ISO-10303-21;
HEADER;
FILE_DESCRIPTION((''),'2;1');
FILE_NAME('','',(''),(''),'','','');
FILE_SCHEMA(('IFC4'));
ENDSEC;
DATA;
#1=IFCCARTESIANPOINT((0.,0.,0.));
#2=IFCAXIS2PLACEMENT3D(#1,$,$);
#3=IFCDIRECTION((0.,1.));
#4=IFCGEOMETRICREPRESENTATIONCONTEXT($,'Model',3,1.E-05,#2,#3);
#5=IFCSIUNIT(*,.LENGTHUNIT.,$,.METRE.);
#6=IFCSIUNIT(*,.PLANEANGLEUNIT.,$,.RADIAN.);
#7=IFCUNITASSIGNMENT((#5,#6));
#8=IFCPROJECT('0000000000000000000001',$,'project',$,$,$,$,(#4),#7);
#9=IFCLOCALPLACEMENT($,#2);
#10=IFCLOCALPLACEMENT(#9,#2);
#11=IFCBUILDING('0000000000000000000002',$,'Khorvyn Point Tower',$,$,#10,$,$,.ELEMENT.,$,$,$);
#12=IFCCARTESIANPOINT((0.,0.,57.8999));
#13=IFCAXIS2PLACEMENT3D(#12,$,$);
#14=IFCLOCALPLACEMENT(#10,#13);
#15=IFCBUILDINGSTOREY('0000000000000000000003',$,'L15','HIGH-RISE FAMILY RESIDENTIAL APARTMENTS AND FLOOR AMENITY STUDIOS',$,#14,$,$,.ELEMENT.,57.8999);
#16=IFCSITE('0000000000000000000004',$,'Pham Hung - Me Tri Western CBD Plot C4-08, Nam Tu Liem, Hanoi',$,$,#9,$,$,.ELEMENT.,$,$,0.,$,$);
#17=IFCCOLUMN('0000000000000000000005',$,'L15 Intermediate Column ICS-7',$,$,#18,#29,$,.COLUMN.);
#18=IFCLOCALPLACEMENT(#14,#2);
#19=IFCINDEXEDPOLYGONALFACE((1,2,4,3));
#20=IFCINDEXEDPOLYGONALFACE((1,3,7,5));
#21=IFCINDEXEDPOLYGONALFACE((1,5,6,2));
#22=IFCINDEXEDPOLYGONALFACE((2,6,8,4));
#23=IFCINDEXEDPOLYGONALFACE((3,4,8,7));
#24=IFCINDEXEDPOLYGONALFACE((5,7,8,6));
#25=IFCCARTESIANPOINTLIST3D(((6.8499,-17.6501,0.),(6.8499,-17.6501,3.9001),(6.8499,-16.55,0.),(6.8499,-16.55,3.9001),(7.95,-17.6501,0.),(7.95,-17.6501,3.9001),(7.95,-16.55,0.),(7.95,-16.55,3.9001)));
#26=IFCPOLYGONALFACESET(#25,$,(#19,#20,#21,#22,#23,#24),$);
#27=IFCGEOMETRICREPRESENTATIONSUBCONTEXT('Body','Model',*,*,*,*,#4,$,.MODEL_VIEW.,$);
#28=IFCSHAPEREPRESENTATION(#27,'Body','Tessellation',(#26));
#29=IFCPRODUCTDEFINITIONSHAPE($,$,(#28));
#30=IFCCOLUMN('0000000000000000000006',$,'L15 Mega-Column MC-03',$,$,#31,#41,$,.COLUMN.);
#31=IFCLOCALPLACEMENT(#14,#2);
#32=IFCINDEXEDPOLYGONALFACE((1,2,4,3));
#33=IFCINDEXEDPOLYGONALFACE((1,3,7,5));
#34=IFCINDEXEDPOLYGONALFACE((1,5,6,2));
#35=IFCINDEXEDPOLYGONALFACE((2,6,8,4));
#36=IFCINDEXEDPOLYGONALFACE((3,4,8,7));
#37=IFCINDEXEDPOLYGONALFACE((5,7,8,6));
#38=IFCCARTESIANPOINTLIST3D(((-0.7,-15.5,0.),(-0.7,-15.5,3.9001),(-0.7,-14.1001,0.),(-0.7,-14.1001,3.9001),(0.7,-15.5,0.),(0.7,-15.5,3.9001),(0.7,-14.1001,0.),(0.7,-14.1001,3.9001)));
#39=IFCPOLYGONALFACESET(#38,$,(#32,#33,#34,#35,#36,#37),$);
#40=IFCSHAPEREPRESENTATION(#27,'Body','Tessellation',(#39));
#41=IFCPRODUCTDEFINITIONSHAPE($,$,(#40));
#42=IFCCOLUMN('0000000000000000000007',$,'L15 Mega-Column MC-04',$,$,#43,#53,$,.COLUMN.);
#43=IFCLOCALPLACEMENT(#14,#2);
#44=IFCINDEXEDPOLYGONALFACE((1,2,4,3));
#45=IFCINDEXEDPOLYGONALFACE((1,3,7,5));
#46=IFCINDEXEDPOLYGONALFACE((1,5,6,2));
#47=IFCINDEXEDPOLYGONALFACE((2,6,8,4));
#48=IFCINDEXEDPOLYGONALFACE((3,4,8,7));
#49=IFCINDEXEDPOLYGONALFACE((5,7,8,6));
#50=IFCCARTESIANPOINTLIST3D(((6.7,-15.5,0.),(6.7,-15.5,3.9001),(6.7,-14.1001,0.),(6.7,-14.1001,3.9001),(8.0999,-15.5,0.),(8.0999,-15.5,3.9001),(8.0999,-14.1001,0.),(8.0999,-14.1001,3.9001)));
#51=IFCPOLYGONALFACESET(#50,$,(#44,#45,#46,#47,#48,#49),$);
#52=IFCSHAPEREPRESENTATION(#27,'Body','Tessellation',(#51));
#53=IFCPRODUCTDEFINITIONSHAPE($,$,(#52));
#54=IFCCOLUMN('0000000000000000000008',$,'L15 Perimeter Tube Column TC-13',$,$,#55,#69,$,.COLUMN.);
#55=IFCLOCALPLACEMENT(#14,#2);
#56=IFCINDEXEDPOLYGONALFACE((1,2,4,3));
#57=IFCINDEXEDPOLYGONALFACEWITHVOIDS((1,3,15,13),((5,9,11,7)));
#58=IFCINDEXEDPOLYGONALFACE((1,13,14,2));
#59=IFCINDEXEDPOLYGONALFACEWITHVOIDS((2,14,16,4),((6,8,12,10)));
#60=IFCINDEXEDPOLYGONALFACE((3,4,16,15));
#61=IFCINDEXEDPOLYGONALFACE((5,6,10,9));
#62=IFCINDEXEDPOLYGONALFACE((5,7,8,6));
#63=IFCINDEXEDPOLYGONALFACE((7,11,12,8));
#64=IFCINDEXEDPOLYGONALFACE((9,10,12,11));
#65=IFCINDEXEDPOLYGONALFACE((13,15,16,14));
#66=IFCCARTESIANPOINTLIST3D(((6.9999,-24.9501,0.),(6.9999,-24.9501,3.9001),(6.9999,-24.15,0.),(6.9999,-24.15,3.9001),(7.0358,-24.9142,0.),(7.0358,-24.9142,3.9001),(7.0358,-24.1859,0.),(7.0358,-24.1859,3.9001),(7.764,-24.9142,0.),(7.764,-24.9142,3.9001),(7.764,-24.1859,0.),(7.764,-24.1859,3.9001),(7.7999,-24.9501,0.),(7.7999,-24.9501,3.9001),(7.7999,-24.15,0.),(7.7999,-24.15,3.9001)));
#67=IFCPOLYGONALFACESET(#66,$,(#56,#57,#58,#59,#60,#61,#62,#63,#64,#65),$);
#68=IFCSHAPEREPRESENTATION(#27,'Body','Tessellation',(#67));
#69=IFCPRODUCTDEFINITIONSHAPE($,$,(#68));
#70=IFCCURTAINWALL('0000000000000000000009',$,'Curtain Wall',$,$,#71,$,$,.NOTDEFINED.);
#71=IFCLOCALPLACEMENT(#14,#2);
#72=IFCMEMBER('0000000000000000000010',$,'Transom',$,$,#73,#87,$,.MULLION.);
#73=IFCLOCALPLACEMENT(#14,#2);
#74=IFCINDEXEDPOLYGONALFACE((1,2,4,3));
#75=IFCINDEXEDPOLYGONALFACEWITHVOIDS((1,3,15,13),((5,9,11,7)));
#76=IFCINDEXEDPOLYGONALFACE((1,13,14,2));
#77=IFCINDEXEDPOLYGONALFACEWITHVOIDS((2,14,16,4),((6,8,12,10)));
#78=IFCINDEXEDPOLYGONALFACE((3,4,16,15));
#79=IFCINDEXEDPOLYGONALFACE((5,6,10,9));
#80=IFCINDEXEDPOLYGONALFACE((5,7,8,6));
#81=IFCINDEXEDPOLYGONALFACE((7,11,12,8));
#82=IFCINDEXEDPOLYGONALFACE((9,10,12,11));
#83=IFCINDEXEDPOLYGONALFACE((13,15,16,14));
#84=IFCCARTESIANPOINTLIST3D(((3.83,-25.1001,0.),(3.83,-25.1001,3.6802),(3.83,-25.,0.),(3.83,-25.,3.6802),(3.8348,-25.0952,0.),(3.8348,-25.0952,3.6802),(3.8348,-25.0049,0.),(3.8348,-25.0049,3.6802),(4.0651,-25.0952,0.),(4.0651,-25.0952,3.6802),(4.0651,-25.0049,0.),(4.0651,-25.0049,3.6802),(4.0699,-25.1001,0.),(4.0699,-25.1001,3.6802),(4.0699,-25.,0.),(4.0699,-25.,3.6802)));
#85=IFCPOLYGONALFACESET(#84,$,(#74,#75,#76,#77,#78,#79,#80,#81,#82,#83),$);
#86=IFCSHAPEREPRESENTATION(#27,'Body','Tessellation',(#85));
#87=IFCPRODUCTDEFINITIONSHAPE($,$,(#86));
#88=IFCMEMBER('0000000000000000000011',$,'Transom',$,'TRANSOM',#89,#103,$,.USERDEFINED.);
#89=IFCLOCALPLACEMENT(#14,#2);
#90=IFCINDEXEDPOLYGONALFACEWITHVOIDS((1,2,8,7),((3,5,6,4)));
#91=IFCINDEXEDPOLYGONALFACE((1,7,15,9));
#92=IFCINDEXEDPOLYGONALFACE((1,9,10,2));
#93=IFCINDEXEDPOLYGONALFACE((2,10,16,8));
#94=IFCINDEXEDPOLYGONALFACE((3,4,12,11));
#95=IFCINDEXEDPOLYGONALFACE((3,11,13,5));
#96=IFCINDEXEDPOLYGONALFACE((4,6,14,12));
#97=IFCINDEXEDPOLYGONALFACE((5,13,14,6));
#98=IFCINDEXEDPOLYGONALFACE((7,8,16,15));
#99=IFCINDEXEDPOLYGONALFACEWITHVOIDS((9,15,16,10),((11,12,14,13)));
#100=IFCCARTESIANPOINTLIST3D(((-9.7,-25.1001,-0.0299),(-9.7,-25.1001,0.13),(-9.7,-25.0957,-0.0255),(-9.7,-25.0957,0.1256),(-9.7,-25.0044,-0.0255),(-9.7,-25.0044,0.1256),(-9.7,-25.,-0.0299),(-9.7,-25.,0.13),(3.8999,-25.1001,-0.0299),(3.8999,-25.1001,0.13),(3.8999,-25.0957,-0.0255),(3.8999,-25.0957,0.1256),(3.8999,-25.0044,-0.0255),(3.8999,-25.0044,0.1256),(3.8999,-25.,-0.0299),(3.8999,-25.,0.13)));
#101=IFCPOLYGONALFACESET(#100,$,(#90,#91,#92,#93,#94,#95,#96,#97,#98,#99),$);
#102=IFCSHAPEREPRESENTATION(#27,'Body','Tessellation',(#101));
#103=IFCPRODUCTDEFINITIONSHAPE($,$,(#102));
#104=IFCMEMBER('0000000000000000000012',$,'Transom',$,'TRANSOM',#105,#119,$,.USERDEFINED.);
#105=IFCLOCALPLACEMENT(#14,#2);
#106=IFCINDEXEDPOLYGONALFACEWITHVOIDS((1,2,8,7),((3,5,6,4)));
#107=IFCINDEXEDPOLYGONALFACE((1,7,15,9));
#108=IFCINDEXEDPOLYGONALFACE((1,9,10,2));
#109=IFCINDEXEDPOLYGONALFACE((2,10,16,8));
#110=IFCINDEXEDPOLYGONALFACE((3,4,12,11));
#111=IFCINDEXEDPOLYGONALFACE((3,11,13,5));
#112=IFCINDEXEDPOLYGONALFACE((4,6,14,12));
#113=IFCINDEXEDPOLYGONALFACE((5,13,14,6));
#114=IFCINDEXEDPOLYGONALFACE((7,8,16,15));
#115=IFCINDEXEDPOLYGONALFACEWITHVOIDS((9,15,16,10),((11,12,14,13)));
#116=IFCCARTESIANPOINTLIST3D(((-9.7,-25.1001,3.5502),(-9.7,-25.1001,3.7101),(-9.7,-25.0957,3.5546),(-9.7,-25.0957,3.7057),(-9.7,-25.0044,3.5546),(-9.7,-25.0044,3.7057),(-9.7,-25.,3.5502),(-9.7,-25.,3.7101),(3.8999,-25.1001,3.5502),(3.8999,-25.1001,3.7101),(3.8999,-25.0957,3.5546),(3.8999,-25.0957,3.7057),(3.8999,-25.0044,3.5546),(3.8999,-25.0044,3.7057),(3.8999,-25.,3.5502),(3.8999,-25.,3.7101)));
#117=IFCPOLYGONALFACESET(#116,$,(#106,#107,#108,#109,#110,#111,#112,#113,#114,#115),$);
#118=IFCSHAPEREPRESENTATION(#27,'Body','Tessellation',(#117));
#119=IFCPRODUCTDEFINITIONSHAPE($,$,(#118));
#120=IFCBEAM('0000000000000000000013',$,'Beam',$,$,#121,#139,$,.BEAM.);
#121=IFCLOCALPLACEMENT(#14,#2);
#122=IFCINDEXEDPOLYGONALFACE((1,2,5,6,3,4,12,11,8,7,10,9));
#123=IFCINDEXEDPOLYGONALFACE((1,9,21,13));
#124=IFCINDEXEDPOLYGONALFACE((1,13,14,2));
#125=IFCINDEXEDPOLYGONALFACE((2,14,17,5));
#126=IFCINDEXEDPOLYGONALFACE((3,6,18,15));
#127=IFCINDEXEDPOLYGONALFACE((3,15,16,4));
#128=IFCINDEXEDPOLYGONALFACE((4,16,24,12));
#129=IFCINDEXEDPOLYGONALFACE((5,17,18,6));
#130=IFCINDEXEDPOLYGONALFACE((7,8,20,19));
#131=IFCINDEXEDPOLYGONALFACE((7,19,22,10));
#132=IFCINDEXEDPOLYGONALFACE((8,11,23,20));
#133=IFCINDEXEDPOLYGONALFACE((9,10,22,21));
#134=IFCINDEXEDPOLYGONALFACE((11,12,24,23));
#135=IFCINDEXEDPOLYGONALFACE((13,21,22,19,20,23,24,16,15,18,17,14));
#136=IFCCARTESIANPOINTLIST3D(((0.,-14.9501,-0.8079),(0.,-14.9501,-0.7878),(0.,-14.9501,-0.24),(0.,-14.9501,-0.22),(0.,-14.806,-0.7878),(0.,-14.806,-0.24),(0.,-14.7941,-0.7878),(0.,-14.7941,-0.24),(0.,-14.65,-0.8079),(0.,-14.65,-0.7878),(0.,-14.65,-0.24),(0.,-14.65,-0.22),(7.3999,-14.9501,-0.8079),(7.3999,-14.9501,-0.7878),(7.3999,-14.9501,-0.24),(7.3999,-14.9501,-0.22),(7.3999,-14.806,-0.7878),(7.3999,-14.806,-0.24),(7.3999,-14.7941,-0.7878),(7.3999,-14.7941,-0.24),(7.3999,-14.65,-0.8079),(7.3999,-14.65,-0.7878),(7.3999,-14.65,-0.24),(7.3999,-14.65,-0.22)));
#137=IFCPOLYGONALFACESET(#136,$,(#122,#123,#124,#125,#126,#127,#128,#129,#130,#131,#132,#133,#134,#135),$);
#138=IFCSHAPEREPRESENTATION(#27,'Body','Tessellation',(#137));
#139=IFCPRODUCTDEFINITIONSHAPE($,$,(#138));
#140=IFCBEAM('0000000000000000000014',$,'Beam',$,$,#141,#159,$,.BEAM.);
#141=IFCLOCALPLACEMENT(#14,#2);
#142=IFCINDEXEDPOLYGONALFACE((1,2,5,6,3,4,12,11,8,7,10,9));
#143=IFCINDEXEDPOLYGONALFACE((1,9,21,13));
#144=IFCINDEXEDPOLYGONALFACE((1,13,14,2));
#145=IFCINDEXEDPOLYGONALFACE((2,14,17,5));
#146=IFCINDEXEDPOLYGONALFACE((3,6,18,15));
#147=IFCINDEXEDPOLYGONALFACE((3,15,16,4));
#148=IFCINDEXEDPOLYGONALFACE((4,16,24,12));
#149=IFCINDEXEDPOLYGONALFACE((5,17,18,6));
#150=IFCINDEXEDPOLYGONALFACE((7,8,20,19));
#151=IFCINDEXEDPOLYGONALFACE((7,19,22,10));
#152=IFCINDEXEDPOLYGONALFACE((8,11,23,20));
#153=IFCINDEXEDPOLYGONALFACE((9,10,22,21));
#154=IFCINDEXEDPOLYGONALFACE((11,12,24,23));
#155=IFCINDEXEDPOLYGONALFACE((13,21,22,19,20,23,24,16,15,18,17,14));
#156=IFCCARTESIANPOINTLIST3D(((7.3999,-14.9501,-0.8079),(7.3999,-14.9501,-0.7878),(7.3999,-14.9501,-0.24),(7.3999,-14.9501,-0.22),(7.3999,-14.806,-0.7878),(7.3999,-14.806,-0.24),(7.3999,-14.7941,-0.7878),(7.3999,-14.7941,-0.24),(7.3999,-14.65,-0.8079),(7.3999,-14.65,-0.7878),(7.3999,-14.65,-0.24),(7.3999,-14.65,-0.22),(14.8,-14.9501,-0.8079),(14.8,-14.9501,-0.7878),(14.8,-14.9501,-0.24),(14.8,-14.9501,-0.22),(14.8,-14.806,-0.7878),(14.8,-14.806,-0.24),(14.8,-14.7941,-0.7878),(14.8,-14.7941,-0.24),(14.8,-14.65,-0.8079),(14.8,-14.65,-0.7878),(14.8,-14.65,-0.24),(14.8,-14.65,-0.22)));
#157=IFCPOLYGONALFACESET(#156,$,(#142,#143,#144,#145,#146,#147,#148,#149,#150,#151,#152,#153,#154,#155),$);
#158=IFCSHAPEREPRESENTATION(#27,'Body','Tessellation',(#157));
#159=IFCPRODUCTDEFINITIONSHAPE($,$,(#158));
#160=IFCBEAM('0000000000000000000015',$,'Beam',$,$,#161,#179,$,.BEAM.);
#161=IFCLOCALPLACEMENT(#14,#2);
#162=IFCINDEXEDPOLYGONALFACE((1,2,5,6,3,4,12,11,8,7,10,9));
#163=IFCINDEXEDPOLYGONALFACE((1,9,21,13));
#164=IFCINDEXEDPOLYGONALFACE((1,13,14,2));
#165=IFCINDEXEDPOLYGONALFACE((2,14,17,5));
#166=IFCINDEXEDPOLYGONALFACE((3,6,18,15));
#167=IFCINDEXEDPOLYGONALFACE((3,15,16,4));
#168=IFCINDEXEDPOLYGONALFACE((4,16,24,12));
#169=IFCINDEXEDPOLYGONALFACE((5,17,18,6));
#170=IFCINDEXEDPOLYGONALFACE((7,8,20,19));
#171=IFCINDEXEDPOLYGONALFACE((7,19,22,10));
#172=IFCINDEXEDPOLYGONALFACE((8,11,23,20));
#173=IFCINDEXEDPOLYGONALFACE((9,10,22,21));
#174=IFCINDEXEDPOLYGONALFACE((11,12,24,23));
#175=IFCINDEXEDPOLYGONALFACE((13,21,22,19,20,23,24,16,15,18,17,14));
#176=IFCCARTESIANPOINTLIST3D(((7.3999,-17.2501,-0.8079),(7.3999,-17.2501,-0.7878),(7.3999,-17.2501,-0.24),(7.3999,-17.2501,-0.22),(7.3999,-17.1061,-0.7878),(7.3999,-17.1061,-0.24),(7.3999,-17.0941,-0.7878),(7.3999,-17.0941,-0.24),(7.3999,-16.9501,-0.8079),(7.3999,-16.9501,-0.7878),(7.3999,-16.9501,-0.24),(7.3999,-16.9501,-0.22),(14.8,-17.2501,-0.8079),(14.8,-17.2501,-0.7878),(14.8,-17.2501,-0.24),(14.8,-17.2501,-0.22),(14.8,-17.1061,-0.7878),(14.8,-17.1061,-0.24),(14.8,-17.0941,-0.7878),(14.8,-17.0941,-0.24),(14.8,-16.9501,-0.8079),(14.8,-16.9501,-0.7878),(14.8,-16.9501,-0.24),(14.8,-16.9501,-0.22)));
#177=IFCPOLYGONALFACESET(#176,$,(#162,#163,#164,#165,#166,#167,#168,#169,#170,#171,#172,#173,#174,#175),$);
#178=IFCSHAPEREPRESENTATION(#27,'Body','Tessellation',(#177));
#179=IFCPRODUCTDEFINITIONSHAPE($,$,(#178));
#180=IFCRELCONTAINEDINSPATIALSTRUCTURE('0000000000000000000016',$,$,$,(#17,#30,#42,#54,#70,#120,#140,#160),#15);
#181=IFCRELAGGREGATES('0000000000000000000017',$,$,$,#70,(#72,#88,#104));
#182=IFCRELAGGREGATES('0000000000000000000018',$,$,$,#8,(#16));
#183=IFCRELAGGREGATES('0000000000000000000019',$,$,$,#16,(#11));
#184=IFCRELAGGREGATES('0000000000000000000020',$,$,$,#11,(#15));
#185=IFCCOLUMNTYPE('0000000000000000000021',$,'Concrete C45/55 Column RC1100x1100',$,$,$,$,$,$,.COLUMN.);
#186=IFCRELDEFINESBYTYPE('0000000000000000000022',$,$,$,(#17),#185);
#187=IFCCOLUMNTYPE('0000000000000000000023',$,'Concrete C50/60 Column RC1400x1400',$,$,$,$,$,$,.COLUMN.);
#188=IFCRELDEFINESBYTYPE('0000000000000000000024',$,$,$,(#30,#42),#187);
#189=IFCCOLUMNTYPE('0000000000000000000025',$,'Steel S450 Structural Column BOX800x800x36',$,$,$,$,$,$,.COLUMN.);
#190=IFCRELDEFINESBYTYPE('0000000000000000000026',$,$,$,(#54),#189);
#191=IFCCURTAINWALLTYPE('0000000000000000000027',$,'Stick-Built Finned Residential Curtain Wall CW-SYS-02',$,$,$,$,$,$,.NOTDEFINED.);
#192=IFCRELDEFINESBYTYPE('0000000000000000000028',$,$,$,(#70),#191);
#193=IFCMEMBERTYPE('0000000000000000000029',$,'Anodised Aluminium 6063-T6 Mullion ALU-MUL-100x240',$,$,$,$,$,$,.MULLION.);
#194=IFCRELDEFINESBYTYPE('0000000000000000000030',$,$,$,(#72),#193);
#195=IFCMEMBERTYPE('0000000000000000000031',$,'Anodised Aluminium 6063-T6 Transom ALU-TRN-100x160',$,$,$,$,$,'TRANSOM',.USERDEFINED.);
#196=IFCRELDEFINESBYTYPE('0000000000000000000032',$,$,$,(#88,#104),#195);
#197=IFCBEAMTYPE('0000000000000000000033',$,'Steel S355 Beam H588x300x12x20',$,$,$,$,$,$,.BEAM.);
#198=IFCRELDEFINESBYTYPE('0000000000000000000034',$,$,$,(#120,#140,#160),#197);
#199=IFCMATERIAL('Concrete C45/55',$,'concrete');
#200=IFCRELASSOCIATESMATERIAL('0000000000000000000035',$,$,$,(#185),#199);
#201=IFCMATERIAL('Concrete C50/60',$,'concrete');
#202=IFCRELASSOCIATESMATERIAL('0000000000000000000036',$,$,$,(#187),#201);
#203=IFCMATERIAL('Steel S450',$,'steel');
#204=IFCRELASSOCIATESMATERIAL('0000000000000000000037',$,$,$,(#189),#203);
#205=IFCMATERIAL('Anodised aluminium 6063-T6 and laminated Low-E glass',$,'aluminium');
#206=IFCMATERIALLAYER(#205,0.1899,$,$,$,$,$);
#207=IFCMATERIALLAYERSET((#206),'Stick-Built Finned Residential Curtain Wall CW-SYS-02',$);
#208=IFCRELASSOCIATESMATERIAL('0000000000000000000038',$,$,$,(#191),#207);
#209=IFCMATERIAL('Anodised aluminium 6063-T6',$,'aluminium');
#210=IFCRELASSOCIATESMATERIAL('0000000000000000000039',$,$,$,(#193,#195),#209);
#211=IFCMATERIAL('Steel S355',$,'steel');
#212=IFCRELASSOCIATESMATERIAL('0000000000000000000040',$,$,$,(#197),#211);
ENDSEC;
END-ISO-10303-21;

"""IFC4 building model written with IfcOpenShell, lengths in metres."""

from ifc_helpers import new_model, si_unit, direction, frame, origin, origin_2d, place, context, subcontext, project, spatial, rectangle, hollow_rectangle, i_section, extrude, material, layer, layer_set, material_profile, profile_set, type_object, element, aggregate, save


model = new_model("IFC4")

# Units and contexts
model_context = context("Model", 3, precision=1e-05, world=origin(), true_north=direction((0.0, 1.0)))
body_context = subcontext(model_context, "Body", "Model", "MODEL_VIEW")
ifc_project = project(units=[si_unit("LENGTHUNIT", "METRE"), si_unit("PLANEANGLEUNIT", "RADIAN")], contexts=[model_context])

# Site, building, storey
site_placement = place(None, origin())
site = spatial("IfcSite", under=ifc_project, at=site_placement, Name="Pham Hung - Me Tri Western CBD Plot C4-08, Nam Tu Liem, Hanoi", CompositionType="ELEMENT", RefElevation=0.0)
building_placement = place(site_placement, origin())
building = spatial("IfcBuilding", under=site, at=building_placement, Name="Khorvyn Point Tower", CompositionType="ELEMENT")
storey_placement = place(building_placement, frame((0.0, 0.0, 57.8999)))
storey = spatial("IfcBuildingStorey", under=building, at=storey_placement, Name="L15", Description="HIGH-RISE FAMILY RESIDENTIAL APARTMENTS AND FLOOR AMENITY STUDIOS", CompositionType="ELEMENT", Elevation=57.8999)

# Columns
ifc_material_1 = material(Name="Concrete C45/55", Category="concrete")
ifc_material_profile_1 = material_profile(ifc_material_1, rectangle(XDim=1.1001, YDim=1.1001, at=origin_2d()))
ifc_profile_set_1 = profile_set([ifc_material_profile_1], Name="Concrete C45/55 RC1100x1100")
column_type_1 = type_object("IfcColumnType", Name="Concrete C45/55 Column RC1100x1100", PredefinedType="COLUMN", material=ifc_profile_set_1)
column_1_placement = place(storey_placement, frame((7.3999, -17.1001, 0.0), z_axis=(0.0, 0.0, 1.0), x_axis=(1.0, 0.0, 0.0)))
element("IfcColumn", 1, at=column_1_placement, inside=storey, type_object=column_type_1, Name="L15 Intermediate Column ICS-7", PredefinedType="COLUMN", context=body_context, shape_type="SweptSolid", body=[
    extrude(rectangle(XDim=1.1001, YDim=1.1001, at=origin_2d()), origin(), (0.0, 0.0, 1.0), 3.9001),
])
ifc_material_2 = material(Name="Concrete C50/60", Category="concrete")
ifc_material_profile_2 = material_profile(ifc_material_2, rectangle(XDim=1.3999, YDim=1.3999, at=origin_2d()))
ifc_profile_set_2 = profile_set([ifc_material_profile_2], Name="Concrete C50/60 RC1400x1400")
column_type_2 = type_object("IfcColumnType", Name="Concrete C50/60 Column RC1400x1400", PredefinedType="COLUMN", material=ifc_profile_set_2)
for number, where, z_axis, x_axis, name in (
    (2, (0.0, -14.8, 0.0), (0.0, 0.0, 1.0), (1.0, 0.0, 0.0), "L15 Mega-Column MC-03"),
    (3, (7.3999, -14.8, 0.0), (0.0, 0.0, 1.0), (1.0, 0.0, 0.0), "L15 Mega-Column MC-04"),
):
    element("IfcColumn", number, at=place(storey_placement, frame(where, z_axis=z_axis, x_axis=x_axis)), inside=storey, type_object=column_type_2, Name=name, PredefinedType="COLUMN", context=body_context, shape_type="SweptSolid", body=[
        extrude(rectangle(XDim=1.3999, YDim=1.3999, at=origin_2d()), origin(), (0.0, 0.0, 1.0), 3.9001),
    ])
ifc_material_3 = material(Name="Steel S450", Category="steel")
ifc_material_profile_3 = material_profile(ifc_material_3, hollow_rectangle(XDim=0.8, YDim=0.8, WallThickness=0.0359, at=origin_2d()))
ifc_profile_set_3 = profile_set([ifc_material_profile_3], Name="Steel S450 BOX800x800x36")
column_type_3 = type_object("IfcColumnType", Name="Steel S450 Structural Column BOX800x800x36", PredefinedType="COLUMN", material=ifc_profile_set_3)
column_2_placement = place(storey_placement, frame((7.3999, -24.55, 0.0), z_axis=(0.0, 0.0, 1.0), x_axis=(1.0, 0.0, 0.0)))
element("IfcColumn", 4, at=column_2_placement, inside=storey, type_object=column_type_3, Name="L15 Perimeter Tube Column TC-13", PredefinedType="COLUMN", context=body_context, shape_type="SweptSolid", body=[
    extrude(hollow_rectangle(XDim=0.8, YDim=0.8, WallThickness=0.0359, at=origin_2d()), origin(), (0.0, 0.0, 1.0), 3.9001),
])

# Curtain wall, members
ifc_material_4 = material(Name="Anodised aluminium 6063-T6 and laminated Low-E glass", Category="aluminium")
ifc_layer_1 = layer(ifc_material_4, 0.1899)
ifc_layer_set_1 = layer_set([ifc_layer_1], Name="Stick-Built Finned Residential Curtain Wall CW-SYS-02")
curtain_wall_type = type_object("IfcCurtainWallType", Name="Stick-Built Finned Residential Curtain Wall CW-SYS-02", PredefinedType="NOTDEFINED", material=ifc_layer_set_1)
curtain_wall_placement = place(storey_placement, origin())
curtain_wall = element("IfcCurtainWall", 5, at=curtain_wall_placement, inside=storey, type_object=curtain_wall_type, Name="Curtain Wall", PredefinedType="NOTDEFINED")
ifc_material_5 = material(Name="Anodised aluminium 6063-T6", Category="aluminium")
ifc_material_profile_4 = material_profile(ifc_material_5, hollow_rectangle(XDim=0.1001, YDim=0.24, WallThickness=0.0049, at=origin_2d()))
ifc_profile_set_4 = profile_set([ifc_material_profile_4], Name="Anodised aluminium 6063-T6 ALU-MUL-100x240")
member_type_1 = type_object("IfcMemberType", Name="Anodised Aluminium 6063-T6 Mullion ALU-MUL-100x240", PredefinedType="MULLION", material=ifc_profile_set_4)
member_1_placement = place(storey_placement, frame((3.95, -25.05, 0.0), z_axis=(0.0, 0.0, 1.0), x_axis=(0.0, -1.0, 0.0)))
member_1 = element("IfcMember", 6, at=member_1_placement, type_object=member_type_1, Name="Transom", PredefinedType="MULLION", context=body_context, shape_type="SweptSolid", body=[
    extrude(hollow_rectangle(XDim=0.1001, YDim=0.24, WallThickness=0.0049, at=origin_2d()), origin(), (0.0, 0.0, 1.0), 3.6802),
])
ifc_material_profile_5 = material_profile(ifc_material_5, hollow_rectangle(XDim=0.1001, YDim=0.1599, WallThickness=0.0044, at=origin_2d()))
ifc_profile_set_5 = profile_set([ifc_material_profile_5], Name="Anodised aluminium 6063-T6 ALU-TRN-100x160")
member_type_2 = type_object("IfcMemberType", Name="Anodised Aluminium 6063-T6 Transom ALU-TRN-100x160", ElementType="TRANSOM", PredefinedType="USERDEFINED", material=ifc_profile_set_5)
member_2_placement = place(storey_placement, frame((3.8999, -25.05, 0.05), z_axis=(-1.0, 0.0, 0.0), x_axis=(0.0, -1.0, 0.0)))
member_2 = element("IfcMember", 7, at=member_2_placement, type_object=member_type_2, Name="Transom", ObjectType="TRANSOM", PredefinedType="USERDEFINED", context=body_context, shape_type="SweptSolid", body=[
    extrude(hollow_rectangle(XDim=0.1001, YDim=0.1599, WallThickness=0.0044, at=origin_2d()), origin(), (0.0, 0.0, 1.0), 13.5999),
])
member_3_placement = place(storey_placement, frame((3.8999, -25.05, 3.6301), z_axis=(-1.0, 0.0, 0.0), x_axis=(0.0, -1.0, 0.0)))
member_3 = element("IfcMember", 8, at=member_3_placement, type_object=member_type_2, Name="Transom", ObjectType="TRANSOM", PredefinedType="USERDEFINED", context=body_context, shape_type="SweptSolid", body=[
    extrude(hollow_rectangle(XDim=0.1001, YDim=0.1599, WallThickness=0.0044, at=origin_2d()), origin(), (0.0, 0.0, 1.0), 13.5999),
])

# Beams
ifc_material_6 = material(Name="Steel S355", Category="steel")
ifc_material_profile_6 = material_profile(ifc_material_6, i_section(OverallWidth=0.3, OverallDepth=0.5879, WebThickness=0.012, FlangeThickness=0.02, at=origin_2d()))
ifc_profile_set_6 = profile_set([ifc_material_profile_6], Name="Steel S355 H588x300x12x20")
beam_type_1 = type_object("IfcBeamType", Name="Steel S355 Beam H588x300x12x20", PredefinedType="BEAM", material=ifc_profile_set_6)
beam_1_placement = place(storey_placement, frame((0.0, -14.8, -0.5139), z_axis=(1.0, 0.0, 0.0), x_axis=(0.0, 1.0, 0.0)))
element("IfcBeam", 9, at=beam_1_placement, inside=storey, type_object=beam_type_1, Name="Beam", PredefinedType="BEAM", context=body_context, shape_type="SweptSolid", body=[
    extrude(i_section(OverallWidth=0.3, OverallDepth=0.5879, WebThickness=0.012, FlangeThickness=0.02, at=origin_2d()), origin(), (0.0, 0.0, 1.0), 7.3999),
])
for number, where, z_axis, x_axis, name in (
    (10, (7.3999, -14.8, -0.5139), (1.0, 0.0, 0.0), (0.0, 1.0, 0.0), "Beam"),
    (11, (7.3999, -17.1001, -0.5139), (1.0, 0.0, 0.0), (0.0, 1.0, 0.0), "Beam"),
):
    element("IfcBeam", number, at=place(storey_placement, frame(where, z_axis=z_axis, x_axis=x_axis)), inside=storey, type_object=beam_type_1, Name=name, PredefinedType="BEAM", context=body_context, shape_type="SweptSolid", body=[
        extrude(i_section(OverallWidth=0.3, OverallDepth=0.5879, WebThickness=0.012, FlangeThickness=0.02, at=origin_2d()), origin(), (0.0, 0.0, 1.0), 7.4001),
    ])

aggregate(curtain_wall, [member_1, member_2, member_3])

save(model, "model.ifc")
